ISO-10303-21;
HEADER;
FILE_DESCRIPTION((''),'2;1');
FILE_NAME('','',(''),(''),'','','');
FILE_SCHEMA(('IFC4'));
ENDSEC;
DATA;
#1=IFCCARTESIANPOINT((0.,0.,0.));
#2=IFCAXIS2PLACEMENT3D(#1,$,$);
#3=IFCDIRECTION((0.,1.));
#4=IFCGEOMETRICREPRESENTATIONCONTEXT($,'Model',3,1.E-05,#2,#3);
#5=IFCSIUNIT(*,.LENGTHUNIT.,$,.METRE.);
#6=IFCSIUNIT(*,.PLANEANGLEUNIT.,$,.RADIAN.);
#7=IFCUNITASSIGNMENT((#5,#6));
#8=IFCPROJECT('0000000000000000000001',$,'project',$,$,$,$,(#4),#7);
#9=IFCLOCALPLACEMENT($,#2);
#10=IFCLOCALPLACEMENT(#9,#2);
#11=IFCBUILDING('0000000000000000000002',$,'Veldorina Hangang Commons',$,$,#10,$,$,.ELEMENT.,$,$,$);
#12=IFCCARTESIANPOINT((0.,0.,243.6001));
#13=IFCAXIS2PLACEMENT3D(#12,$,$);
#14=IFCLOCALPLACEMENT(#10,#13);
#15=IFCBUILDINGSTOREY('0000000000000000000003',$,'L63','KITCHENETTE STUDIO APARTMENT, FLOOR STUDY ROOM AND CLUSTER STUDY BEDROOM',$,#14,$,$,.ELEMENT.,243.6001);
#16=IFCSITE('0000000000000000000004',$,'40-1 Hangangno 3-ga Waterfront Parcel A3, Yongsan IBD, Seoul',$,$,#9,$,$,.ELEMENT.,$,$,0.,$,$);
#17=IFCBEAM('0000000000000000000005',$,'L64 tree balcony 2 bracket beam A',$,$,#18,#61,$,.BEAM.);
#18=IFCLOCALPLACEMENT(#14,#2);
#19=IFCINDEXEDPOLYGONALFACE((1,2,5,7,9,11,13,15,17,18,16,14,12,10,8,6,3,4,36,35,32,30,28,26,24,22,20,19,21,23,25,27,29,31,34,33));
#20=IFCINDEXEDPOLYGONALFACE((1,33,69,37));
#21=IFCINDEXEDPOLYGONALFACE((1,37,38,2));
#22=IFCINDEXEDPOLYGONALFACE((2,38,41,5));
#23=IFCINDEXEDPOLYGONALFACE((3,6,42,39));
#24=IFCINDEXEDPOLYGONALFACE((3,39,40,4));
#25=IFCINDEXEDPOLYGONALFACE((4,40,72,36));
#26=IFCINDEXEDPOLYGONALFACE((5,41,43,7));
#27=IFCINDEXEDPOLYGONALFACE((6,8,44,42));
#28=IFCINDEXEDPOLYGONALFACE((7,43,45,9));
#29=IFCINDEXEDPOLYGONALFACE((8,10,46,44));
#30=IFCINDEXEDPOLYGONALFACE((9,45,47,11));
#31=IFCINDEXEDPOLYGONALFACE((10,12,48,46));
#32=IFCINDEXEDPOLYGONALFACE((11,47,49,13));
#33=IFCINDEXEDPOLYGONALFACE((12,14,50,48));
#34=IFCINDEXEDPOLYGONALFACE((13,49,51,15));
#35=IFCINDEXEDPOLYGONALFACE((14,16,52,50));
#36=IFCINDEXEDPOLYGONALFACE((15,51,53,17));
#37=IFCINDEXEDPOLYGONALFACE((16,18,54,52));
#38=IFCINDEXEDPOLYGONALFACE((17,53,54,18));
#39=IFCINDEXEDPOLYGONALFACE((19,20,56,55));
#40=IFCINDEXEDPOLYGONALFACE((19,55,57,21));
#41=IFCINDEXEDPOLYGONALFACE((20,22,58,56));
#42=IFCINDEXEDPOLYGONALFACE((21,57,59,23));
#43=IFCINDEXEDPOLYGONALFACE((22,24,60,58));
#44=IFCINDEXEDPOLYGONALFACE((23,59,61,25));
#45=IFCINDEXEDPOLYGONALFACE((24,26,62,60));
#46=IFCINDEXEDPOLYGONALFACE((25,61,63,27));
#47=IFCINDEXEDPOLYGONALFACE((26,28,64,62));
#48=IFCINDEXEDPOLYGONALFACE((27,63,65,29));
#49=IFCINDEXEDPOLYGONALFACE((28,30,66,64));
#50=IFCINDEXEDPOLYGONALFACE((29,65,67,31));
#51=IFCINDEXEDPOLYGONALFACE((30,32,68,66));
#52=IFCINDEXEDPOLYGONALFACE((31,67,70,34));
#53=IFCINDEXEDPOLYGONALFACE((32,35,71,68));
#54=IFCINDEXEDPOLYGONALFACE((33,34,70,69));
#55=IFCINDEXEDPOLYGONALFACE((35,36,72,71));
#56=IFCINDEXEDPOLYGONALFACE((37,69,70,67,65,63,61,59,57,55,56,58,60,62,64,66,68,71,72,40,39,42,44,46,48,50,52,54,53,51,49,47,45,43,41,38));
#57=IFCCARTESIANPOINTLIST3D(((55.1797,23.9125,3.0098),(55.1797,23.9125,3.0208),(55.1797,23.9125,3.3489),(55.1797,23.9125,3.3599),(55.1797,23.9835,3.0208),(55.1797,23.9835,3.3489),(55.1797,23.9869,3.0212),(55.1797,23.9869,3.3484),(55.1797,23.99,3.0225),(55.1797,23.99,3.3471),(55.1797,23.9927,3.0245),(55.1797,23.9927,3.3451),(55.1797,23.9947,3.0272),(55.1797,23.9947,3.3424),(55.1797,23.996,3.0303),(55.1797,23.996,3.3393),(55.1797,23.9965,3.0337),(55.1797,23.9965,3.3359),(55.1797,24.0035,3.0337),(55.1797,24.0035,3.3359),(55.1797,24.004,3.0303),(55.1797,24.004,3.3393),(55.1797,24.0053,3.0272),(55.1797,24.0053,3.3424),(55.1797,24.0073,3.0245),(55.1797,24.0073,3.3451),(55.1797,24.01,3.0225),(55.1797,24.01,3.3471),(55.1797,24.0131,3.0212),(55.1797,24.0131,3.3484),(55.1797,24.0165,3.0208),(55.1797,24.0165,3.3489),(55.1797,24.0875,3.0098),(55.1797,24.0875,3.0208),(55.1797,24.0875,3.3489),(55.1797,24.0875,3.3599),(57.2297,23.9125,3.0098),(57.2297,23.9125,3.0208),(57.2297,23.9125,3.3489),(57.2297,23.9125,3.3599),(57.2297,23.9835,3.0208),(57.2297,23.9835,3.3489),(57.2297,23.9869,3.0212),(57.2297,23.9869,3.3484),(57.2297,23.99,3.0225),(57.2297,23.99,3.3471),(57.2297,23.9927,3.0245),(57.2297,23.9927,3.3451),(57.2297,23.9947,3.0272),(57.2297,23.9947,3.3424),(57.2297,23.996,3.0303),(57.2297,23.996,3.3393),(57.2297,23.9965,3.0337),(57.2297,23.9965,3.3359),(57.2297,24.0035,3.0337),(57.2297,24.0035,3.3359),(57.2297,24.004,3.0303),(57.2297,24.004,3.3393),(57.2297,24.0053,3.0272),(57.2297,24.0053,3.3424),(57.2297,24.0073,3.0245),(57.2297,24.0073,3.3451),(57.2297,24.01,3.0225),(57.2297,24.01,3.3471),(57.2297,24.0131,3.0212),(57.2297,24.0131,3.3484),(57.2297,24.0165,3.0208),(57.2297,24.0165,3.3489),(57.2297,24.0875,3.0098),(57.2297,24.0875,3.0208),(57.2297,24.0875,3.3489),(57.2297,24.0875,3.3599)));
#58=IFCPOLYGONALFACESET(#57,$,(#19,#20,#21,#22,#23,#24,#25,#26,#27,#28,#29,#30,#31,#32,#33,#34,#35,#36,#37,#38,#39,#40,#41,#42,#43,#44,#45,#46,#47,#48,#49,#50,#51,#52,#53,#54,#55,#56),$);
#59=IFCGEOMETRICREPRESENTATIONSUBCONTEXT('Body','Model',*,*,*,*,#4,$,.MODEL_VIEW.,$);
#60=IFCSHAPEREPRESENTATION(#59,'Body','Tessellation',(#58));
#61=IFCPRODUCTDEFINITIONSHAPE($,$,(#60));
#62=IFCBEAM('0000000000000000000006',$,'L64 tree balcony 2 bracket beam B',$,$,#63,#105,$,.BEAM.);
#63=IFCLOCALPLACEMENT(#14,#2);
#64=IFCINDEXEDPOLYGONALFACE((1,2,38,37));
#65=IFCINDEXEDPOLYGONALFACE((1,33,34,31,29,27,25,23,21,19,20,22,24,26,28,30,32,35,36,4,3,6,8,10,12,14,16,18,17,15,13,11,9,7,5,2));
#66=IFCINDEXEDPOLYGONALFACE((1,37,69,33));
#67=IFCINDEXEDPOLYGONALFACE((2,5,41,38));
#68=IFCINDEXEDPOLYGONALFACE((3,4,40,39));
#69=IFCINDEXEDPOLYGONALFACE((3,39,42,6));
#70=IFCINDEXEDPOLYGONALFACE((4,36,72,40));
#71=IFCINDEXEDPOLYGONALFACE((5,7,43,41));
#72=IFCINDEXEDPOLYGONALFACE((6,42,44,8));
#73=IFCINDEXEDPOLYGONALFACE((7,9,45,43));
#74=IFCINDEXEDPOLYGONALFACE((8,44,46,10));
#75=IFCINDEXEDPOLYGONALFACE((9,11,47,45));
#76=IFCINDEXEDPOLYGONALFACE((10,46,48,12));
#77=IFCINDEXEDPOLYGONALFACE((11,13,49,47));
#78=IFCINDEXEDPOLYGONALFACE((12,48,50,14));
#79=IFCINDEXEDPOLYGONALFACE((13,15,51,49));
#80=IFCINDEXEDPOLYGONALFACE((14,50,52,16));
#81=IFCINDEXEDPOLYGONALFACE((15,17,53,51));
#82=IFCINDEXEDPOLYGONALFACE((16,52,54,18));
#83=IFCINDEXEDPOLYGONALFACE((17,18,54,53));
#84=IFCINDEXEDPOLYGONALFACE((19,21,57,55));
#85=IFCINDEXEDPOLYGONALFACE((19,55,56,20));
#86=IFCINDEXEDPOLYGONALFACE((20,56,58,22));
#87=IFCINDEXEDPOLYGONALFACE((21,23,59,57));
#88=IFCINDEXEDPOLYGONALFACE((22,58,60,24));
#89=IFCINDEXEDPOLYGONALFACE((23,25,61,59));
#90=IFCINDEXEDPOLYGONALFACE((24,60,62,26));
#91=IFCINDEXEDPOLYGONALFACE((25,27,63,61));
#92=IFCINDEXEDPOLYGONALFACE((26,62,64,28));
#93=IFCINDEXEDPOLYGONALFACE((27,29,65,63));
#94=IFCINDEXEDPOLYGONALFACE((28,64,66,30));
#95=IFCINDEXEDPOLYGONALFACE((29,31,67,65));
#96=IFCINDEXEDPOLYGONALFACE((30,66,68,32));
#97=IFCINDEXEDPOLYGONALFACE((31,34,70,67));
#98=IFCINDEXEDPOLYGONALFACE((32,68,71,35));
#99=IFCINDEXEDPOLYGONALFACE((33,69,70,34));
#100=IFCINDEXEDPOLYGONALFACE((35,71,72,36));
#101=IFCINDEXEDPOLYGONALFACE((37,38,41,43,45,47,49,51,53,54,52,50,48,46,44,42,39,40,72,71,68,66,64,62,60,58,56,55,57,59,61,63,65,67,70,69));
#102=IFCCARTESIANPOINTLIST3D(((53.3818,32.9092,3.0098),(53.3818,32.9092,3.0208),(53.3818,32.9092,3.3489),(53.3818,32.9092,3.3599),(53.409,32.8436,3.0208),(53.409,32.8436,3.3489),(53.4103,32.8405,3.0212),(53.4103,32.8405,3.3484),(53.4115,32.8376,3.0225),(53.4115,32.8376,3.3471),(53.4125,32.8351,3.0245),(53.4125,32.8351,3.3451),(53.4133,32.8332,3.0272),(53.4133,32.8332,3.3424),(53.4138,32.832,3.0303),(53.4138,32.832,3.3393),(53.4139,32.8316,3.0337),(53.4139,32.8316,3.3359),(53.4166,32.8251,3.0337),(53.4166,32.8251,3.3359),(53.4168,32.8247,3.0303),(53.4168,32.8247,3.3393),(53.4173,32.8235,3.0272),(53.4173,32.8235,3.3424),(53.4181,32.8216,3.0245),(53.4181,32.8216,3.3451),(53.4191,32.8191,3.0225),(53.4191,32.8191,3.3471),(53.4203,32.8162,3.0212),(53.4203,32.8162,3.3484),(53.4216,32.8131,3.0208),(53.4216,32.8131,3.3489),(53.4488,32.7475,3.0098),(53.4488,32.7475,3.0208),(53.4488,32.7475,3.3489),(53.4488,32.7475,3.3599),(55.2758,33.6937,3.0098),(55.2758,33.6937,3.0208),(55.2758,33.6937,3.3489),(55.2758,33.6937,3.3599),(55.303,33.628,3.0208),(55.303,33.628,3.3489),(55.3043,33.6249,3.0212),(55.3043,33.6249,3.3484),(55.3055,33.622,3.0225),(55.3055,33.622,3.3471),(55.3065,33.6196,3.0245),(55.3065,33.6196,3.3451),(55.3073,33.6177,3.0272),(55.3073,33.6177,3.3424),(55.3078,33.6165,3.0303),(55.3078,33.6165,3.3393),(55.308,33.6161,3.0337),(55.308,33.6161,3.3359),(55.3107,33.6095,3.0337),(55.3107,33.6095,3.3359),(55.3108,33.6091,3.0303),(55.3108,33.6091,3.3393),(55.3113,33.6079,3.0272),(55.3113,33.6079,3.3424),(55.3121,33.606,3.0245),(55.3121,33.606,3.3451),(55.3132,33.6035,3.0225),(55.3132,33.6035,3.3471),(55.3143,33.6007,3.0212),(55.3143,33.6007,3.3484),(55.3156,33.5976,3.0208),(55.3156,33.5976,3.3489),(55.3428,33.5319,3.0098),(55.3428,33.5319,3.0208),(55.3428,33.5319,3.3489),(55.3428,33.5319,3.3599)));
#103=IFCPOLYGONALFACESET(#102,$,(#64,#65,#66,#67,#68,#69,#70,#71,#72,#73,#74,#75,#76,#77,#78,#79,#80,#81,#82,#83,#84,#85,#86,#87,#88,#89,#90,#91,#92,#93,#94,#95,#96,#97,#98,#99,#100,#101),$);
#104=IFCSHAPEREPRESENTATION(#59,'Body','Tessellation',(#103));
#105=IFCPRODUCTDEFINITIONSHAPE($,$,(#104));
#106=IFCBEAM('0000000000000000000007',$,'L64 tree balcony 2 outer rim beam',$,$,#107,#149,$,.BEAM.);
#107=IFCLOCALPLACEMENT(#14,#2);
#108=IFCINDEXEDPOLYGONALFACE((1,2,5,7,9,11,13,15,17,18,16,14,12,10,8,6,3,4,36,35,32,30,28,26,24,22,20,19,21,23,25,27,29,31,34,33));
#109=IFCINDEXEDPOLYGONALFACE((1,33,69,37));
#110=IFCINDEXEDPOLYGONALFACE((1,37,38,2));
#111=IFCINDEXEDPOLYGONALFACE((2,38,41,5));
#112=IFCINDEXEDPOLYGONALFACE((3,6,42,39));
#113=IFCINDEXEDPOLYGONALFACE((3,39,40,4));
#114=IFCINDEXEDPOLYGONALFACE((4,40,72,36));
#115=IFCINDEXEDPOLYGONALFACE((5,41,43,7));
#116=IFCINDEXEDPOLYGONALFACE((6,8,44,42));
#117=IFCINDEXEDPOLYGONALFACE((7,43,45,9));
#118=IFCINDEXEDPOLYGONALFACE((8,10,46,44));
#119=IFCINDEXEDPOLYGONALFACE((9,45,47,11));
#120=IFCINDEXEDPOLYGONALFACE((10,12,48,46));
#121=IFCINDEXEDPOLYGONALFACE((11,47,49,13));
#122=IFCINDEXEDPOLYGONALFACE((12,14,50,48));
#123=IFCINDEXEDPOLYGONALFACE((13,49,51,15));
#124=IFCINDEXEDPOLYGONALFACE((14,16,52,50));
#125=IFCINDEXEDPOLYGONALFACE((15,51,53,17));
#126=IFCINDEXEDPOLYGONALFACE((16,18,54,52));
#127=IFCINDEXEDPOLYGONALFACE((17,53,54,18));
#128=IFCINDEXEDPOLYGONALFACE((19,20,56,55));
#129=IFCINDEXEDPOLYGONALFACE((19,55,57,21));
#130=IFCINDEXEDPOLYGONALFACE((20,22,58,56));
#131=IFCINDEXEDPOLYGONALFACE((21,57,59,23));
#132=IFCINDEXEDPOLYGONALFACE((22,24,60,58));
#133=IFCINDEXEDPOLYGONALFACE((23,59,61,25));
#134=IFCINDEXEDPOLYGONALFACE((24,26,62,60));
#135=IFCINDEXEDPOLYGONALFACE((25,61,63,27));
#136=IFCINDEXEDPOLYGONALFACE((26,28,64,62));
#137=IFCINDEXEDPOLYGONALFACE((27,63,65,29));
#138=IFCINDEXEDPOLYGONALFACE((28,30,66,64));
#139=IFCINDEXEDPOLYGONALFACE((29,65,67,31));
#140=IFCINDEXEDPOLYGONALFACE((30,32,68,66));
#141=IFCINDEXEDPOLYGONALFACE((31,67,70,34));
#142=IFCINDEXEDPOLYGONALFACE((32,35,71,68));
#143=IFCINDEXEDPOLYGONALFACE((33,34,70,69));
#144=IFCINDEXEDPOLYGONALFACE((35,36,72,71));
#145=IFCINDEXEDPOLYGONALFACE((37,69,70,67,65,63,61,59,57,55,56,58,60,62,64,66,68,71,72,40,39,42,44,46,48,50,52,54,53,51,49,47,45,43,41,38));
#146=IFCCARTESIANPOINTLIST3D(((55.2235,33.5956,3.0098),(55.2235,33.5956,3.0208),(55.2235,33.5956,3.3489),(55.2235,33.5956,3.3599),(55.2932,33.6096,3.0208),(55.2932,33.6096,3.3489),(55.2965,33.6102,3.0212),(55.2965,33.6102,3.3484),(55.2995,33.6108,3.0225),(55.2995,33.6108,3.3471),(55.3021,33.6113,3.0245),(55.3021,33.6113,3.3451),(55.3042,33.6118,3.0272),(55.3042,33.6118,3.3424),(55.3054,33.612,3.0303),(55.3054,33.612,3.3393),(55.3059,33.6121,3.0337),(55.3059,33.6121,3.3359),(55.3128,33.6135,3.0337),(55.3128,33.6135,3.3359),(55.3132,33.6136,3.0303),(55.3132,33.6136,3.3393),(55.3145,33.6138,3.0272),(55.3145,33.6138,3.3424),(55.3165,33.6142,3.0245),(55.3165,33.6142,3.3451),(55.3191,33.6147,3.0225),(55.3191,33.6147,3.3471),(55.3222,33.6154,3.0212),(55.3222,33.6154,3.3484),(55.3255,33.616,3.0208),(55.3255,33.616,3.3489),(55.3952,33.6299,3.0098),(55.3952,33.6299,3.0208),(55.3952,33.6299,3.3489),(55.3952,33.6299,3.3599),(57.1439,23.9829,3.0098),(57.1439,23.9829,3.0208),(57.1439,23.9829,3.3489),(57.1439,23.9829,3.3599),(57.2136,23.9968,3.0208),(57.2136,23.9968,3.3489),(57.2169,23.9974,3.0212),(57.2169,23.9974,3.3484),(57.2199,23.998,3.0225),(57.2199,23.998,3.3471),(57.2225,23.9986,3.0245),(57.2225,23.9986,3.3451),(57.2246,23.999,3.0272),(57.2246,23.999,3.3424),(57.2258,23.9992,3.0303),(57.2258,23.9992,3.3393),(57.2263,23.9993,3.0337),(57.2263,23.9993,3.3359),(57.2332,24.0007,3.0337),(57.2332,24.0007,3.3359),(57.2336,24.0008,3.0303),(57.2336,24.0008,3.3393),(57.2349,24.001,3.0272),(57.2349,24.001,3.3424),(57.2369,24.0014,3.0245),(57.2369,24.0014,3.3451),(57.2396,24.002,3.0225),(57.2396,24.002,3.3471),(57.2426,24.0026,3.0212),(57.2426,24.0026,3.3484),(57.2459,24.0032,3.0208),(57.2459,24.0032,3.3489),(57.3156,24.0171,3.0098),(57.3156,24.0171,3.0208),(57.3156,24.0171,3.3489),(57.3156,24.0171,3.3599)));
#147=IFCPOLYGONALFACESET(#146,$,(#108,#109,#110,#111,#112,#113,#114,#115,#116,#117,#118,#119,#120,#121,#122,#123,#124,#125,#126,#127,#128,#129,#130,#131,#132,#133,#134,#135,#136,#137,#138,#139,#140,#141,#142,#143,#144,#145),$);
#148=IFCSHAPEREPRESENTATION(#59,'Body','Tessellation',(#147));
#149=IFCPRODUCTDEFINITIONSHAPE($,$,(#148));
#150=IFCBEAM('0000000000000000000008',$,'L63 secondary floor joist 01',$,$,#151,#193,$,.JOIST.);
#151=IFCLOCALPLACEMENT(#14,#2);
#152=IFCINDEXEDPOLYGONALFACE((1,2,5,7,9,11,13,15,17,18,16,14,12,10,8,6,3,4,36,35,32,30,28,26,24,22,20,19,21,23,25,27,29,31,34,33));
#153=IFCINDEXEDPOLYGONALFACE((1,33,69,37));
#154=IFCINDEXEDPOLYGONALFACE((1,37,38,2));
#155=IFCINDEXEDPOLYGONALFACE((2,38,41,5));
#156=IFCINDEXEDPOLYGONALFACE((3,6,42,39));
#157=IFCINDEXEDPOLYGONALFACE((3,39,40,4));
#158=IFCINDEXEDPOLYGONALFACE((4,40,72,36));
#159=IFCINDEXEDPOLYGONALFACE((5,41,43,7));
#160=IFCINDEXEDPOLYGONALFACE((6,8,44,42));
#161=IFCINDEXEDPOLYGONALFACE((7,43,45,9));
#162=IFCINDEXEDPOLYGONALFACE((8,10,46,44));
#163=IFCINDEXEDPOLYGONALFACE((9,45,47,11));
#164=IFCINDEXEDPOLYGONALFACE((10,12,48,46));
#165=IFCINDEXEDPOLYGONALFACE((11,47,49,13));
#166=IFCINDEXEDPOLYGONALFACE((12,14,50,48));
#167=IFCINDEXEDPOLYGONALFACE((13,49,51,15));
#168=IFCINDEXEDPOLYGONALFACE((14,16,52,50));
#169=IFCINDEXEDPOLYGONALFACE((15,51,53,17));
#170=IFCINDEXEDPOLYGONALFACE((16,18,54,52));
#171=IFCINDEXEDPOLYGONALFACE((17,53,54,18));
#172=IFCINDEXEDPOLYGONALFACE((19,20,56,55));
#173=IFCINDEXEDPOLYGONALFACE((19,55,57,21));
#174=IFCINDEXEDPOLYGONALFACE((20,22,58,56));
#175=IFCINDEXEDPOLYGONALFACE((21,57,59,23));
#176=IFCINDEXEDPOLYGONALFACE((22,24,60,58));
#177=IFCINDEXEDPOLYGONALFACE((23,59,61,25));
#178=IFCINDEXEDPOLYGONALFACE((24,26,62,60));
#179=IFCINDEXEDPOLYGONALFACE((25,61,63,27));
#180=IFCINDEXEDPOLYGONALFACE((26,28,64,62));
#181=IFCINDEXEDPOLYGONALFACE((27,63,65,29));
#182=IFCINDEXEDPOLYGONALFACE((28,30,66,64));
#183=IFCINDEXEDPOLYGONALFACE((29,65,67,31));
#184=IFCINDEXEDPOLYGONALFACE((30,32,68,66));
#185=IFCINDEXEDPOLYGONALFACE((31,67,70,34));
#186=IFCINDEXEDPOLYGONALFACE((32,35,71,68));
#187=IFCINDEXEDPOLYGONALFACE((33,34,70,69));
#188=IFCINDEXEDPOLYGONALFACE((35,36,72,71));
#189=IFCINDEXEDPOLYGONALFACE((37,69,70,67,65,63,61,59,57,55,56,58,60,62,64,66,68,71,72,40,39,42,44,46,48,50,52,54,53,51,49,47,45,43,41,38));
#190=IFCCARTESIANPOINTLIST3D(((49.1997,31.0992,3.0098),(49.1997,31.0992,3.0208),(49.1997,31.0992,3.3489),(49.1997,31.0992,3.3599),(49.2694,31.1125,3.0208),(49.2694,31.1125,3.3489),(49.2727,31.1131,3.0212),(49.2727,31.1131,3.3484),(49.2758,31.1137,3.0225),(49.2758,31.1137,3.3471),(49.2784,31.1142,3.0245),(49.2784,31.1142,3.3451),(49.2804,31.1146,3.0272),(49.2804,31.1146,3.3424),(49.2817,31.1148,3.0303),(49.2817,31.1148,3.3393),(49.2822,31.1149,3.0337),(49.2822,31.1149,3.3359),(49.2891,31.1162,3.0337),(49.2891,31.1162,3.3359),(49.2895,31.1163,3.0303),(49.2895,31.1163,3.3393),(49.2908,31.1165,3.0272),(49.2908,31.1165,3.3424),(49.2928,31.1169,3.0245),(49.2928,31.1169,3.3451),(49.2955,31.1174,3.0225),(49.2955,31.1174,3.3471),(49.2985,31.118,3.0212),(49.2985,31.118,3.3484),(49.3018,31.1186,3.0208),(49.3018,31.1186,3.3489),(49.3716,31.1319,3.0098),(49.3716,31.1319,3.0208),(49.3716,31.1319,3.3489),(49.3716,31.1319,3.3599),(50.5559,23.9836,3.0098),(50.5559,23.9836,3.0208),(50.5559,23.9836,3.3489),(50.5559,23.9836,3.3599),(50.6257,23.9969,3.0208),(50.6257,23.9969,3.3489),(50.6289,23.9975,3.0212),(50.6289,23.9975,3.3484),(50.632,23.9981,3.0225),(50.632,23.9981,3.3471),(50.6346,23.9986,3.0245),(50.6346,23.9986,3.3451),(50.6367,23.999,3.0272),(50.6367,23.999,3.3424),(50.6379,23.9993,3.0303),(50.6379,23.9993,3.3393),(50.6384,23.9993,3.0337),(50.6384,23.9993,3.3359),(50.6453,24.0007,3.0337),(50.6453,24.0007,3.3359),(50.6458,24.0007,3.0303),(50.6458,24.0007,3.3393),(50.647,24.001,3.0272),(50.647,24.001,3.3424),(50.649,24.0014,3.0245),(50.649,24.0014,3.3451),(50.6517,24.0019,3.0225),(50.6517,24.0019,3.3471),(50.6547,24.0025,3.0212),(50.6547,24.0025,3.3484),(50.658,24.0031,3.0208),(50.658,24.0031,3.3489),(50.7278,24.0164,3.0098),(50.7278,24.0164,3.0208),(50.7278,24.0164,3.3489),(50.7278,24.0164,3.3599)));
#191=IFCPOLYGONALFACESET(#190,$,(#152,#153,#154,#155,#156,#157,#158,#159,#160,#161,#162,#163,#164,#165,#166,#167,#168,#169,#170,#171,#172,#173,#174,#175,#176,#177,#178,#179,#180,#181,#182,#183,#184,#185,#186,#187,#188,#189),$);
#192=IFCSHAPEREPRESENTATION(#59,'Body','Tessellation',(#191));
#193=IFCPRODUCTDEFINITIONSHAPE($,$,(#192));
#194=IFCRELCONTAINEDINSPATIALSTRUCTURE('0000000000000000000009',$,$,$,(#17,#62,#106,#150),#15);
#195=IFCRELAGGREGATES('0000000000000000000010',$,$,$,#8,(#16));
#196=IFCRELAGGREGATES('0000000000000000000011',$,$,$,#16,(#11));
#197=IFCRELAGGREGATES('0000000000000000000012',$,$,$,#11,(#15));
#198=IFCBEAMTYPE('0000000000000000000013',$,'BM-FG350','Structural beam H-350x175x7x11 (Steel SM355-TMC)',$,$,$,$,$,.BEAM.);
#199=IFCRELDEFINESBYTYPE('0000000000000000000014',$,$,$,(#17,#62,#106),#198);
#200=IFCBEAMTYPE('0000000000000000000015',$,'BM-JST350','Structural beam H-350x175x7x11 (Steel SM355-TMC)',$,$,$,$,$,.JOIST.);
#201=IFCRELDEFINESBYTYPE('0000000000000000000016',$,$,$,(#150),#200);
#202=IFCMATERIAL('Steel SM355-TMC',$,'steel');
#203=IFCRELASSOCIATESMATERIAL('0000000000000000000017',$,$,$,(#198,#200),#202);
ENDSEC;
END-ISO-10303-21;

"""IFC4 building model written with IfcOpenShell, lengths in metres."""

from ifc_helpers import new_model, si_unit, direction, frame, origin, origin_2d, place, context, subcontext, project, spatial, i_section, extrude, material, material_profile, profile_set, type_object, element, save


model = new_model("IFC4")

# Units and contexts
model_context = context("Model", 3, precision=1e-05, world=origin(), true_north=direction((0.0, 1.0)))
body_context = subcontext(model_context, "Body", "Model", "MODEL_VIEW")
ifc_project = project(units=[si_unit("LENGTHUNIT", "METRE"), si_unit("PLANEANGLEUNIT", "RADIAN")], contexts=[model_context])

# Site, building, storey
site_placement = place(None, origin())
site = spatial("IfcSite", under=ifc_project, at=site_placement, Name="40-1 Hangangno 3-ga Waterfront Parcel A3, Yongsan IBD, Seoul", CompositionType="ELEMENT", RefElevation=0.0)
building_placement = place(site_placement, origin())
building = spatial("IfcBuilding", under=site, at=building_placement, Name="Veldorina Hangang Commons", CompositionType="ELEMENT")
storey_placement = place(building_placement, frame((0.0, 0.0, 243.6001)))
storey = spatial("IfcBuildingStorey", under=building, at=storey_placement, Name="L63", Description="KITCHENETTE STUDIO APARTMENT, FLOOR STUDY ROOM AND CLUSTER STUDY BEDROOM", CompositionType="ELEMENT", Elevation=243.6001)

# Beams
ifc_material_1 = material(Name="Steel SM355-TMC", Category="steel")
ifc_material_profile_1 = material_profile(ifc_material_1, i_section(OverallWidth=0.175, OverallDepth=0.3501, WebThickness=0.0071, FlangeThickness=0.011, FilletRadius=0.0129, at=origin_2d()), Name="H-350x175x7x11")
ifc_profile_set_1 = profile_set([ifc_material_profile_1], Name="Steel SM355-TMC")
beam_type_1 = type_object("IfcBeamType", Name="BM-FG350", Description="Structural beam H-350x175x7x11 (Steel SM355-TMC)", PredefinedType="BEAM", material=ifc_profile_set_1)
for number, where, z_axis, x_axis, name in (
    (1, (55.1797, 24.0, 3.1848), (1.0, 0.0, 0.0), (0.0, 1.0, 0.0), "L64 tree balcony 2 bracket beam A"),
    (2, (53.4153, 32.8284, 3.1848), (0.923899, 0.382636, 0.0), (-0.382636, 0.923899, 0.0), "L64 tree balcony 2 bracket beam B"),
):
    element("IfcBeam", number, at=place(storey_placement, frame(where, z_axis=z_axis, x_axis=x_axis)), inside=storey, type_object=beam_type_1, Name=name, PredefinedType="BEAM", context=body_context, shape_type="SweptSolid", body=[
        extrude(i_section(OverallWidth=0.175, OverallDepth=0.3501, WebThickness=0.0071, FlangeThickness=0.011, FilletRadius=0.0129, at=origin_2d()), origin(), (0.0, 0.0, 1.0), 2.05),
    ])
beam_1_placement = place(storey_placement, frame((57.2297, 24.0, 3.1848), z_axis=(-0.195905, 0.980623, 0.0), x_axis=(-0.980623, -0.195905, 0.0)))
element("IfcBeam", 3, at=beam_1_placement, inside=storey, type_object=beam_type_1, Name="L64 tree balcony 2 outer rim beam", PredefinedType="BEAM", context=body_context, shape_type="SweptSolid", body=[
    extrude(i_section(OverallWidth=0.175, OverallDepth=0.3501, WebThickness=0.0071, FlangeThickness=0.011, FilletRadius=0.0129, at=origin_2d()), origin(), (0.0, 0.0, 1.0), 9.8027),
])
ifc_material_profile_2 = material_profile(ifc_material_1, i_section(OverallWidth=0.175, OverallDepth=0.3501, WebThickness=0.0071, FlangeThickness=0.011, FilletRadius=0.0129, at=origin_2d()), Name="H-350x175x7x11")
ifc_profile_set_2 = profile_set([ifc_material_profile_2], Name="Steel SM355-TMC")
beam_type_2 = type_object("IfcBeamType", Name="BM-JST350", Description="Structural beam H-350x175x7x11 (Steel SM355-TMC)", PredefinedType="JOIST", material=ifc_profile_set_2)
beam_2_placement = place(storey_placement, frame((50.6418, 24.0, 3.1848), z_axis=(-0.187228, 0.982316, 0.0), x_axis=(-0.982316, -0.187228, 0.0)))
element("IfcBeam", 4, at=beam_2_placement, inside=storey, type_object=beam_type_2, Name="L63 secondary floor joist 01", PredefinedType="JOIST", context=body_context, shape_type="SweptSolid", body=[
    extrude(i_section(OverallWidth=0.175, OverallDepth=0.3501, WebThickness=0.0071, FlangeThickness=0.011, FilletRadius=0.0129, at=origin_2d()), origin(), (0.0, 0.0, 1.0), 7.2437),
])

save(model, "model.ifc")
